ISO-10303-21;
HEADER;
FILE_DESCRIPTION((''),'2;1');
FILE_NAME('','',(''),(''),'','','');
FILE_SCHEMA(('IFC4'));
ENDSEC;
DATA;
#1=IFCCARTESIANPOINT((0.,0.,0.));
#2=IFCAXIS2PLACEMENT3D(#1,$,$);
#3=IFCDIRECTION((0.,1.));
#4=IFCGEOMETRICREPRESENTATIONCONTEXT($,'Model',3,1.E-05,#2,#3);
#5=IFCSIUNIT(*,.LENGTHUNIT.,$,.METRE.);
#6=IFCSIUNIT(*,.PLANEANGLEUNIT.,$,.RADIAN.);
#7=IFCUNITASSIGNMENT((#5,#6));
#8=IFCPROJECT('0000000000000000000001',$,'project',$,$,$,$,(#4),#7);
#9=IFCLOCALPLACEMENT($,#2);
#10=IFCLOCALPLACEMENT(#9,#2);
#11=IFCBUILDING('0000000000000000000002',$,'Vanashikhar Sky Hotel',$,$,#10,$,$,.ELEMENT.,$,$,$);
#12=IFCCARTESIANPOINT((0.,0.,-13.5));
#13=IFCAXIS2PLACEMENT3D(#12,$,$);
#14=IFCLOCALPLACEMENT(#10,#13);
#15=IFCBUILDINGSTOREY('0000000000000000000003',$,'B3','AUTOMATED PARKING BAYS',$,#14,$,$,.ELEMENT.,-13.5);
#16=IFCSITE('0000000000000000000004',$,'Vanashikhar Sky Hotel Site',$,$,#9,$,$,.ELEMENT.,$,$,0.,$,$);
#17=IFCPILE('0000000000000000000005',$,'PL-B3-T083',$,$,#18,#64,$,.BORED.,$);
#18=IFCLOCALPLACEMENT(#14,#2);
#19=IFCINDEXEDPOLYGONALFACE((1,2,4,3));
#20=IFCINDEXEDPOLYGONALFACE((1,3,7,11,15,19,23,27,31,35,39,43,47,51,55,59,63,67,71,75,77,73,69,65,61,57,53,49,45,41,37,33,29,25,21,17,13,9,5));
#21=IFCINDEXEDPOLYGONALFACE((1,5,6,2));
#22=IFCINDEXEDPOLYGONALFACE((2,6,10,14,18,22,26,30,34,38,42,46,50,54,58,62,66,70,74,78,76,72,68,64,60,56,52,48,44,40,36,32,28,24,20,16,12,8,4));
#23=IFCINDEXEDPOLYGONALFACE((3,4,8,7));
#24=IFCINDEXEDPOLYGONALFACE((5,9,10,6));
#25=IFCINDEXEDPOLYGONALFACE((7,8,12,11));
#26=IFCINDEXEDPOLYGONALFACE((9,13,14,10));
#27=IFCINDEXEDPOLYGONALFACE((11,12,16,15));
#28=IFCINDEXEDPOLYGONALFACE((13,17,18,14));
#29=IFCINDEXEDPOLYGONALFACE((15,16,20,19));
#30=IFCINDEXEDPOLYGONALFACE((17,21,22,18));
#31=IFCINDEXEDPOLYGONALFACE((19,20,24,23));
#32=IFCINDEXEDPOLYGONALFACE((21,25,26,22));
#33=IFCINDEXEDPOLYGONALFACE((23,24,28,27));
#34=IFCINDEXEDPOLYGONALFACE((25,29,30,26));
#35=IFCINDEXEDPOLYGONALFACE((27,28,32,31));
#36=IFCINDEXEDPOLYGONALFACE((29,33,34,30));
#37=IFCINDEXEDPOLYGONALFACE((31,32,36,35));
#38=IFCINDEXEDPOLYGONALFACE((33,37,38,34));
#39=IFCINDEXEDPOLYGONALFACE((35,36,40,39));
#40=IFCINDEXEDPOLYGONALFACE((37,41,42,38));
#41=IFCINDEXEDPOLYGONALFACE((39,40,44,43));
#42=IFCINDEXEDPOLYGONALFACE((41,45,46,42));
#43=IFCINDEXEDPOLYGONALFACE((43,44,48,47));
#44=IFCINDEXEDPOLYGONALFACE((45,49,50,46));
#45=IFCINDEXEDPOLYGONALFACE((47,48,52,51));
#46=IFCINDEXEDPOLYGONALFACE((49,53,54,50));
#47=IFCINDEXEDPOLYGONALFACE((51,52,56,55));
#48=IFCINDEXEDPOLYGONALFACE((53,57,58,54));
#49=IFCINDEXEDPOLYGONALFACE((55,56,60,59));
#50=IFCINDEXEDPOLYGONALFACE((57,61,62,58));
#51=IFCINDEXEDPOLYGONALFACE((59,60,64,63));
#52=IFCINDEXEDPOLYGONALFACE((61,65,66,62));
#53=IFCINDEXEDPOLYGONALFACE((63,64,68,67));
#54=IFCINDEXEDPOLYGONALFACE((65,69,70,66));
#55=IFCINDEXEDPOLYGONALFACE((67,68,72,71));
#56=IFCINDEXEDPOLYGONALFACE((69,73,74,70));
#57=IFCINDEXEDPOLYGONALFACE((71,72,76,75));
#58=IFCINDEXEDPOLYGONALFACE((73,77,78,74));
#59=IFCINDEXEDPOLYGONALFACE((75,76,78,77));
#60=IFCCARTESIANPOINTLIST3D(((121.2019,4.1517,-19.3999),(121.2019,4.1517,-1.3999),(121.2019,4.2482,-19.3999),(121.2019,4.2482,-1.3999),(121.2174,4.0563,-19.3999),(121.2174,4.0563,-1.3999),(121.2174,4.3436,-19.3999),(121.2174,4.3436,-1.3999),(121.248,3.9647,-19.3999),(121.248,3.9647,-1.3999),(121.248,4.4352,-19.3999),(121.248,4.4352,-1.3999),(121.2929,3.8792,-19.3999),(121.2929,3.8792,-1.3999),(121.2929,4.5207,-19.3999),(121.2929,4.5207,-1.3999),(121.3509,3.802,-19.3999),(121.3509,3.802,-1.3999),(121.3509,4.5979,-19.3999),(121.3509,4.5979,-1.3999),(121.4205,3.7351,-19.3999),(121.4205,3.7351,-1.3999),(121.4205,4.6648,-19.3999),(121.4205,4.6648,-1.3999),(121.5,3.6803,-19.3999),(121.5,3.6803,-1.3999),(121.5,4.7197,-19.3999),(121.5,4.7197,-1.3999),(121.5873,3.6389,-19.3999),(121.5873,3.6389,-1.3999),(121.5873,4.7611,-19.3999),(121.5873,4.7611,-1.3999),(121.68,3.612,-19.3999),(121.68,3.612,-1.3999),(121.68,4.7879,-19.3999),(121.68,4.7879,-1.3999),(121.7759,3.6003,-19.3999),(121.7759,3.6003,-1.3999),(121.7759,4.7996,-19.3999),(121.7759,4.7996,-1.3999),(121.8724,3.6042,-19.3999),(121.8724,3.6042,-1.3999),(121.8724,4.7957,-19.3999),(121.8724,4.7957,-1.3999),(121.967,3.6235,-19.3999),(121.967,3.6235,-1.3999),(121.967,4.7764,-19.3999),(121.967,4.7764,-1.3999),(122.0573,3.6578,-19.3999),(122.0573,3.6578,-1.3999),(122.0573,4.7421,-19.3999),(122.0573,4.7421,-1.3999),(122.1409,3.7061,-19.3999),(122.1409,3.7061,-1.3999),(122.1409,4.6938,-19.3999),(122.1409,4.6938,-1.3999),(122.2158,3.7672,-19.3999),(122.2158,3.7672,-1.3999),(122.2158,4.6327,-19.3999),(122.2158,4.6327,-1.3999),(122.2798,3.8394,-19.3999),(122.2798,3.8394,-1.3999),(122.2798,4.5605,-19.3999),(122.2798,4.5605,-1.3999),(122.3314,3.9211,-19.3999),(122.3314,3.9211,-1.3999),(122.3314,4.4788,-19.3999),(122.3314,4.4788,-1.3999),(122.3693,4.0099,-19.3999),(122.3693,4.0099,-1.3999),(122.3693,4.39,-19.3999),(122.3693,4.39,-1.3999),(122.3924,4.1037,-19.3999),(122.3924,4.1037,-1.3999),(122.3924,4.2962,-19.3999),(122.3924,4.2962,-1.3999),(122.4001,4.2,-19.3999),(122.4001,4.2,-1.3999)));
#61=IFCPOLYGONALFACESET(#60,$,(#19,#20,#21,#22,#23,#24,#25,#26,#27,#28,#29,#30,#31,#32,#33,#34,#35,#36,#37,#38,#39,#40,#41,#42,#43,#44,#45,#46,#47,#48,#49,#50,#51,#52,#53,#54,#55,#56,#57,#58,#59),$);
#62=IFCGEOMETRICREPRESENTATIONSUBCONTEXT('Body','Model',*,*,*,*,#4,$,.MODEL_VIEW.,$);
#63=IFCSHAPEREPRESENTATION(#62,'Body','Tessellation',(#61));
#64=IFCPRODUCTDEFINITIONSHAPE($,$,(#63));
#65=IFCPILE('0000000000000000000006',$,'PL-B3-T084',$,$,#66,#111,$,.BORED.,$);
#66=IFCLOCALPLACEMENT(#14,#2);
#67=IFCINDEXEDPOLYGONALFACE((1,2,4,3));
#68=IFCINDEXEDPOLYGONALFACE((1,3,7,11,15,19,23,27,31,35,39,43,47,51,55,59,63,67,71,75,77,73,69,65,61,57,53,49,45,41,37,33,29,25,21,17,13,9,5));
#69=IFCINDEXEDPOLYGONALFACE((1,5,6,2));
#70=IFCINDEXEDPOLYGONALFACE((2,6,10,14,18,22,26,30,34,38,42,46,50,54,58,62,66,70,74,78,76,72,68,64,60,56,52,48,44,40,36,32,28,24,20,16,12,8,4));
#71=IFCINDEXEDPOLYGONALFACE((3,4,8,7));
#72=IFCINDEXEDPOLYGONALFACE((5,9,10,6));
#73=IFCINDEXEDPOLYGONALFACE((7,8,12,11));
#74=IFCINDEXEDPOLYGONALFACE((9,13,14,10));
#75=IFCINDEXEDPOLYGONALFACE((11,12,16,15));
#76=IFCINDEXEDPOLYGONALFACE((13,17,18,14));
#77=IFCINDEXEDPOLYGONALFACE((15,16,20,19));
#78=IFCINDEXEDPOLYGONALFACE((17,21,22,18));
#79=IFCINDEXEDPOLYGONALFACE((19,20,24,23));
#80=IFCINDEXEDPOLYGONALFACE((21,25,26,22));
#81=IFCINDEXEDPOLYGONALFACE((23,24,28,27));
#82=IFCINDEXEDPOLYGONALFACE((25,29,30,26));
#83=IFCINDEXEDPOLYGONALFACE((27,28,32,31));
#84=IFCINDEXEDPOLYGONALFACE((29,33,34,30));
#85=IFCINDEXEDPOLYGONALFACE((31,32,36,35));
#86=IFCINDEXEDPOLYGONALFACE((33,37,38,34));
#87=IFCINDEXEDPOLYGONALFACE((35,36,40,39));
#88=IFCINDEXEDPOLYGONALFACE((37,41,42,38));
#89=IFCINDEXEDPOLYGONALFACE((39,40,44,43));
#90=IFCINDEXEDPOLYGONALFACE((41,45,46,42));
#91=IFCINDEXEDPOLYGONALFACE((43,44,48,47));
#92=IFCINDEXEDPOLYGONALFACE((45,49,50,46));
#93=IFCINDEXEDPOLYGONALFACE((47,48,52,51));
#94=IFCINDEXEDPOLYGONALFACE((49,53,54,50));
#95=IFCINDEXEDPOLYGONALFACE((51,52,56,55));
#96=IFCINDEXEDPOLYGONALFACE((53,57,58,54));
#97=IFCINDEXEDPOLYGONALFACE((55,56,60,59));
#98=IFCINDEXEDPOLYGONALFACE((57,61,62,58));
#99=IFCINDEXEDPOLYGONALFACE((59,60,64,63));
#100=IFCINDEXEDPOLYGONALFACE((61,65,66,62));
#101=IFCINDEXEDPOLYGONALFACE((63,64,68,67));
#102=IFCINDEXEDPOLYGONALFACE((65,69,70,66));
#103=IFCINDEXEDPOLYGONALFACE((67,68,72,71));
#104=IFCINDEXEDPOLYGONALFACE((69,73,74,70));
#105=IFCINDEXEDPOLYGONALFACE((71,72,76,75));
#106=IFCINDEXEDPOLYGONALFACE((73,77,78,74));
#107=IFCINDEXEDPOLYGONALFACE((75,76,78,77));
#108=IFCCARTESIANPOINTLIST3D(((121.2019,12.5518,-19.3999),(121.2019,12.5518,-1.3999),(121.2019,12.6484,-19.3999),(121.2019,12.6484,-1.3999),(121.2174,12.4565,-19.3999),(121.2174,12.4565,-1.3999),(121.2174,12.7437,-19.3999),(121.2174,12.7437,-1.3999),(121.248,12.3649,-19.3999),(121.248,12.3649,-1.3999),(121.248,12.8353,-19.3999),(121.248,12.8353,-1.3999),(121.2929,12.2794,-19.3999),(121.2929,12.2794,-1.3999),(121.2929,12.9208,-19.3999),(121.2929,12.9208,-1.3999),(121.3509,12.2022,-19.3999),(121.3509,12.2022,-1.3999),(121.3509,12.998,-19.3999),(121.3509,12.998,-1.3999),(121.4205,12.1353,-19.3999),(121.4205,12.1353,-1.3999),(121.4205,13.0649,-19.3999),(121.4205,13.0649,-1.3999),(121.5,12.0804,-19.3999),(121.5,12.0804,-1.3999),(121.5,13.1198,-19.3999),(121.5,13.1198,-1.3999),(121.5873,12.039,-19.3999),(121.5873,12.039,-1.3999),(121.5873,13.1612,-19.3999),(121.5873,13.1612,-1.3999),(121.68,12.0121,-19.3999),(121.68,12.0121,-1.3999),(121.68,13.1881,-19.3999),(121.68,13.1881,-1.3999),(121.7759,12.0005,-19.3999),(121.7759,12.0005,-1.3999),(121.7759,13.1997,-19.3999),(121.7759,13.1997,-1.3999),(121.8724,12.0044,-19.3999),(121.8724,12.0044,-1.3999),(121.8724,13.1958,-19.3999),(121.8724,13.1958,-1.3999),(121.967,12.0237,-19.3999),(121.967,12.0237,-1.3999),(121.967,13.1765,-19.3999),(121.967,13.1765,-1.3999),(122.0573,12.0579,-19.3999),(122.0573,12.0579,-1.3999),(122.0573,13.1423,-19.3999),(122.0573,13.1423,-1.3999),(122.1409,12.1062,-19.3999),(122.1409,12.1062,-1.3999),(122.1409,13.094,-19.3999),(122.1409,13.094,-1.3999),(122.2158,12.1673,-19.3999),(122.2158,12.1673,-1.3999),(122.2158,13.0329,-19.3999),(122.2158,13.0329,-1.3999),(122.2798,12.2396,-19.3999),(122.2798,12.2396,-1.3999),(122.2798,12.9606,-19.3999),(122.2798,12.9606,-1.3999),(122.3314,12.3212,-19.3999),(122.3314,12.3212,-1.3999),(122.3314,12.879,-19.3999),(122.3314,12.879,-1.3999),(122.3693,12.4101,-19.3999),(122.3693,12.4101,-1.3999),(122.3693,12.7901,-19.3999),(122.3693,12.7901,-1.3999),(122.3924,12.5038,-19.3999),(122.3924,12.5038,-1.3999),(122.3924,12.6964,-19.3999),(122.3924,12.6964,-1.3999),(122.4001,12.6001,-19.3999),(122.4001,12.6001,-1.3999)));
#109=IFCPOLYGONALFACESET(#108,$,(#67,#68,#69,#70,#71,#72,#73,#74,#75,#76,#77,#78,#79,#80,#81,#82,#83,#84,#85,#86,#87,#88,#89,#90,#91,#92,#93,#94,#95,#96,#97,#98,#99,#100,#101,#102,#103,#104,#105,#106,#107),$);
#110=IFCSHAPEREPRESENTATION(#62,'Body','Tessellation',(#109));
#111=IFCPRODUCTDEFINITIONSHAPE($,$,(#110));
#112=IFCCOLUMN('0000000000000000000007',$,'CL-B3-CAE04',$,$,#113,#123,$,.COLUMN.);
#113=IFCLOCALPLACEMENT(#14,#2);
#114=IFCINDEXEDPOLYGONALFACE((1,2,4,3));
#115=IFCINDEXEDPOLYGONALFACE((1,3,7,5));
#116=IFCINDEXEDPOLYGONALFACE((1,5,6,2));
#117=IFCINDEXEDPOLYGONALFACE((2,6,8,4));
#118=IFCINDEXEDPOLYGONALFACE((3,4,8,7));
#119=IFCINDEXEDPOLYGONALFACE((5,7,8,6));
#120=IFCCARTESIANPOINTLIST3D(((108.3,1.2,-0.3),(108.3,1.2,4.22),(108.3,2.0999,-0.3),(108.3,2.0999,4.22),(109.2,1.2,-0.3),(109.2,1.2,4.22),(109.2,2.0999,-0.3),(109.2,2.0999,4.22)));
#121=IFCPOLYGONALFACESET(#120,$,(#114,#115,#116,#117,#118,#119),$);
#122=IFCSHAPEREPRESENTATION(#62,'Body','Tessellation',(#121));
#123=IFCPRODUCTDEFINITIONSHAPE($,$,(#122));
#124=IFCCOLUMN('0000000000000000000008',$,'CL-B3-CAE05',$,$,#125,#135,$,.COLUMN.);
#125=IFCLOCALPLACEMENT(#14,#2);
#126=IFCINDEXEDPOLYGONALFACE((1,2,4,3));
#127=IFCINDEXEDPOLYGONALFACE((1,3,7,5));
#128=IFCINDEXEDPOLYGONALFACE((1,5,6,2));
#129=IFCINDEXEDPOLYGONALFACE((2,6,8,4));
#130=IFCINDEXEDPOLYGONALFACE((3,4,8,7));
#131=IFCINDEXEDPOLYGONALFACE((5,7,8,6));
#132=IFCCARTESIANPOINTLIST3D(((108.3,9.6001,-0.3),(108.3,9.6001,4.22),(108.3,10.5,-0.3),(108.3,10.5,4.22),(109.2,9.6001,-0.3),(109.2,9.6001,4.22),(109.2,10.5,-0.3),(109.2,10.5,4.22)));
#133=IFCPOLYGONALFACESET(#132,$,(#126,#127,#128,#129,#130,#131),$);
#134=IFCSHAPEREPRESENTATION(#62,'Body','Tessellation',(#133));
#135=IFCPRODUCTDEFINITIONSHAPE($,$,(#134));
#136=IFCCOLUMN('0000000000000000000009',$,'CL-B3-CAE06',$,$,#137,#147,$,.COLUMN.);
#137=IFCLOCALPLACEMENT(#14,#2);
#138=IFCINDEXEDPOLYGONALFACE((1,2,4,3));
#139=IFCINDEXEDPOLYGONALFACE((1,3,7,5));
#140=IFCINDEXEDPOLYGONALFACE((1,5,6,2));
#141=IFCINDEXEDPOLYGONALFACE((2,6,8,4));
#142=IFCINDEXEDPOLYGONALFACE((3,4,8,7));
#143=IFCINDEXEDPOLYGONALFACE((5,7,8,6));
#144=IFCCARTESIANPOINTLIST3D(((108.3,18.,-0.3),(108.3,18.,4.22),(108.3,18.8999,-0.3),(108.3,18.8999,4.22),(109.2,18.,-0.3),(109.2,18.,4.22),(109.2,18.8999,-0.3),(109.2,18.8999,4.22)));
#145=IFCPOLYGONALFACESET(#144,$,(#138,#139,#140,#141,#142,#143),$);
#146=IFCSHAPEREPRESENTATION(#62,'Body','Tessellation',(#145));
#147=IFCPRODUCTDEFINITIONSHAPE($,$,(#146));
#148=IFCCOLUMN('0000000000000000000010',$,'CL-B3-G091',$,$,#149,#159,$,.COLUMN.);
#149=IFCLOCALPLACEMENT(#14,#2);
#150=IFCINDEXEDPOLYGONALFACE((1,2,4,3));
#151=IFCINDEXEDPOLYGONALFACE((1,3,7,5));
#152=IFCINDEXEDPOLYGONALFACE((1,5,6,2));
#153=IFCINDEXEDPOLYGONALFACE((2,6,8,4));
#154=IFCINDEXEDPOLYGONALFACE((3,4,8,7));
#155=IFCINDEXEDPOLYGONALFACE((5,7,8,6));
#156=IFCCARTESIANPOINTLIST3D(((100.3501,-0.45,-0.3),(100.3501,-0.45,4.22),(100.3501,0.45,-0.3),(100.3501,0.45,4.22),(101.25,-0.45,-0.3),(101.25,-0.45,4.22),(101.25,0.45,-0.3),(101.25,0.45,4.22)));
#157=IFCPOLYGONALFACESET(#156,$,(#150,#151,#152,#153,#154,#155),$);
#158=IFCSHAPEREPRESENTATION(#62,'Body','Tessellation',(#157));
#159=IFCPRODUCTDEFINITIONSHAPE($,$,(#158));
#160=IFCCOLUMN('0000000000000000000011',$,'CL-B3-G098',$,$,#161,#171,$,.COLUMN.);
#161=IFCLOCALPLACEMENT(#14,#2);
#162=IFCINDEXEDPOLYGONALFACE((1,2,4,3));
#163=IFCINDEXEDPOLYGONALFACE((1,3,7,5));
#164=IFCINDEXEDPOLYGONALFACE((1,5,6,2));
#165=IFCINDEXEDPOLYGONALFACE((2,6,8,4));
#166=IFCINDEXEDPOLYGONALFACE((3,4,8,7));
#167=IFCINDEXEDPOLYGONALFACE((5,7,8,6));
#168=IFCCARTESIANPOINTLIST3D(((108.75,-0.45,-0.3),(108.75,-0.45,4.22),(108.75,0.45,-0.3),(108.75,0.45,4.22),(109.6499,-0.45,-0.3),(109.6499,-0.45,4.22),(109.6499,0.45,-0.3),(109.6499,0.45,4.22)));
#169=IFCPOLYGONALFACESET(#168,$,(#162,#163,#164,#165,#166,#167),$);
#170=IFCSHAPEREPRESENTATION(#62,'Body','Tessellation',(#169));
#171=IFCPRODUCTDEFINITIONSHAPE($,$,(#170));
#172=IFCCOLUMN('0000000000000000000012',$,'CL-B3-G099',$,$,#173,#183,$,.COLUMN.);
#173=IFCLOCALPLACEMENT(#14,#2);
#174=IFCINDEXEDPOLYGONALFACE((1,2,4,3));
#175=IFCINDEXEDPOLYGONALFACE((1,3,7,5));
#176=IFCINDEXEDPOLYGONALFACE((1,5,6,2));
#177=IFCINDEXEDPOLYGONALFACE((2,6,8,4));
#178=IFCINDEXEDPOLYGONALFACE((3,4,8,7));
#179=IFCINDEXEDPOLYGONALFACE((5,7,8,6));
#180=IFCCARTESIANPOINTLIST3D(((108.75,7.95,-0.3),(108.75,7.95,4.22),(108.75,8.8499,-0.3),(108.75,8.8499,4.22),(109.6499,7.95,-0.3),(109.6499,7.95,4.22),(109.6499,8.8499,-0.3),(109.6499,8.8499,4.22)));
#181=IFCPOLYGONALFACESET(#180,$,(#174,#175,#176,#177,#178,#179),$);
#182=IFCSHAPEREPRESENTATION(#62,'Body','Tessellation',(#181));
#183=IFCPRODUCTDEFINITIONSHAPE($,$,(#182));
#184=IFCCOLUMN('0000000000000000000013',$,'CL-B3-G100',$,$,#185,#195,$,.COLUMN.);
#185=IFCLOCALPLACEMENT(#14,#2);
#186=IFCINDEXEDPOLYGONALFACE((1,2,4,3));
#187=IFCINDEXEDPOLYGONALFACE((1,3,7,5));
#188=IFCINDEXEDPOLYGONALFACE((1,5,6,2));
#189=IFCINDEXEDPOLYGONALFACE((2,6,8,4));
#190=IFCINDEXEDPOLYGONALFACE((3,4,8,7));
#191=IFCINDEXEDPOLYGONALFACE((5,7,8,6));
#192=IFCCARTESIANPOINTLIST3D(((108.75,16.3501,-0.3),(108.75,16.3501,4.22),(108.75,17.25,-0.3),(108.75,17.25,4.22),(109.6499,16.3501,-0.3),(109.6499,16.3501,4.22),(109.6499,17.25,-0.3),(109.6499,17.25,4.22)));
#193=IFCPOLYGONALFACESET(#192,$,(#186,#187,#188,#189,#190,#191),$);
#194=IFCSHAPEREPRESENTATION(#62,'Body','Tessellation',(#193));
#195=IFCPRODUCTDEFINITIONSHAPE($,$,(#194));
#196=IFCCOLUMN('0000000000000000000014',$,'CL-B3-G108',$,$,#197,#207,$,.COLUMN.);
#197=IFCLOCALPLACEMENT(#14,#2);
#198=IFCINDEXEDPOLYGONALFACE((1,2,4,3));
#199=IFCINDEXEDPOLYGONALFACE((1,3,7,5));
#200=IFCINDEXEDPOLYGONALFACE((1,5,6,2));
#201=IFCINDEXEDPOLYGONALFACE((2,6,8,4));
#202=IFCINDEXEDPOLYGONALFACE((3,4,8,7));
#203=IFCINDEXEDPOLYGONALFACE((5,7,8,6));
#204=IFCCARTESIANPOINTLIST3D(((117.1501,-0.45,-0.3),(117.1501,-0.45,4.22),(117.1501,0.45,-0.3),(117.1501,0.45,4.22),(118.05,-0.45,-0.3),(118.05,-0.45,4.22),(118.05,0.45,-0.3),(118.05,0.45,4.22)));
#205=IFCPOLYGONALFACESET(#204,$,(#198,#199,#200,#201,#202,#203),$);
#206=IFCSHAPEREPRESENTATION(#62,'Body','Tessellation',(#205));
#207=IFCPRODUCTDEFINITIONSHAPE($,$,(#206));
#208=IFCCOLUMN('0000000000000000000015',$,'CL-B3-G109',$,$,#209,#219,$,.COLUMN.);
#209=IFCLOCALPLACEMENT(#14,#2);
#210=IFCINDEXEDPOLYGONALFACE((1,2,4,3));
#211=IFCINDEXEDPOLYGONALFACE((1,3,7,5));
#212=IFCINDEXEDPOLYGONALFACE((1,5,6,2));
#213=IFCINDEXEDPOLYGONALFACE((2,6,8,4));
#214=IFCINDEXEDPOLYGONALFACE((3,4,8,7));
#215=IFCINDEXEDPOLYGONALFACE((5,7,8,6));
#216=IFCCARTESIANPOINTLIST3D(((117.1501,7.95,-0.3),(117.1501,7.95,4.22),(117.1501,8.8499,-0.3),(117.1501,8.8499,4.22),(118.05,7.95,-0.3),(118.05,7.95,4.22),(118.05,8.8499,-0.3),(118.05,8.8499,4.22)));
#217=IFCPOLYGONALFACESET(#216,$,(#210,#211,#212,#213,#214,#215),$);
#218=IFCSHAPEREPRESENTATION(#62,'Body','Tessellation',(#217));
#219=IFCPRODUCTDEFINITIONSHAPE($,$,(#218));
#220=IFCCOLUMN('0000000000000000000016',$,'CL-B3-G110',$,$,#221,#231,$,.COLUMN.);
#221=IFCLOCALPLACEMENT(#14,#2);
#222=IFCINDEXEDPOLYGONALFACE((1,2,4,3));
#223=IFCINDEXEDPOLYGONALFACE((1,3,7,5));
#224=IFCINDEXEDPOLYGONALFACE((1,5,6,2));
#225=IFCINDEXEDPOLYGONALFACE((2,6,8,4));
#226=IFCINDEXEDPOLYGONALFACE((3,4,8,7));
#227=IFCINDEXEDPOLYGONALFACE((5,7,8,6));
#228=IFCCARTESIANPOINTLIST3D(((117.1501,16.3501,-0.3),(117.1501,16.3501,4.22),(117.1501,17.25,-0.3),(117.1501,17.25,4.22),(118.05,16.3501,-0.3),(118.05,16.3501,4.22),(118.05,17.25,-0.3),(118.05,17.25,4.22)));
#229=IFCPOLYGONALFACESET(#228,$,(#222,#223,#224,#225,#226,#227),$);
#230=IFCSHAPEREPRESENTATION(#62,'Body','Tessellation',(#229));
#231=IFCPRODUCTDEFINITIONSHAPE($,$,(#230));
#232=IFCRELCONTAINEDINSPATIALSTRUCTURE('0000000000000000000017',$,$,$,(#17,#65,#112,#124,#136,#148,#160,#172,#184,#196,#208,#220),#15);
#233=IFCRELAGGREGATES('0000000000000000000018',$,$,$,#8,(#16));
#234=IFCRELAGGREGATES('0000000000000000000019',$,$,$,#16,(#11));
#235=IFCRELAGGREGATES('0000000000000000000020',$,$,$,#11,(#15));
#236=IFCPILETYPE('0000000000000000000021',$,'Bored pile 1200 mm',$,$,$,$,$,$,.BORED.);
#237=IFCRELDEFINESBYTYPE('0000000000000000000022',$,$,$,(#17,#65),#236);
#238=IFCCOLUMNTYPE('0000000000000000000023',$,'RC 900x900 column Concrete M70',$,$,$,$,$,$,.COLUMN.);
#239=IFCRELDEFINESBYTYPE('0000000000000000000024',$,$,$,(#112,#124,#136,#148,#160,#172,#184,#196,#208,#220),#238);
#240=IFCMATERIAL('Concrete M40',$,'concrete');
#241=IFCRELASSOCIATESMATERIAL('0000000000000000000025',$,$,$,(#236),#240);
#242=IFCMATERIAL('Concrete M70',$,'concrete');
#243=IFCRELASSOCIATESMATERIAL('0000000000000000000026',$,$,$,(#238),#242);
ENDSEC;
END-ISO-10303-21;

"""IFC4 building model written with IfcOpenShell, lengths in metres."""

from ifc_helpers import new_model, si_unit, direction, frame, origin, origin_2d, place, context, subcontext, project, spatial, rectangle, circle, extrude, source, transform, mapped, material, material_profile, profile_set, type_object, element, save


model = new_model("IFC4")

# Units and contexts
model_context = context("Model", 3, precision=1e-05, world=origin(), true_north=direction((0.0, 1.0)))
body_context = subcontext(model_context, "Body", "Model", "MODEL_VIEW")
ifc_project = project(units=[si_unit("LENGTHUNIT", "METRE"), si_unit("PLANEANGLEUNIT", "RADIAN")], contexts=[model_context])

# Site, building, storey
site_placement = place(None, origin())
site = spatial("IfcSite", under=ifc_project, at=site_placement, Name="Vanashikhar Sky Hotel Site", CompositionType="ELEMENT", RefElevation=0.0)
building_placement = place(site_placement, origin())
building = spatial("IfcBuilding", under=site, at=building_placement, Name="Vanashikhar Sky Hotel", CompositionType="ELEMENT")
storey_placement = place(building_placement, frame((0.0, 0.0, -13.5)))
storey = spatial("IfcBuildingStorey", under=building, at=storey_placement, Name="B3", Description="AUTOMATED PARKING BAYS", CompositionType="ELEMENT", Elevation=-13.5)

# Piles
ifc_material_1 = material(Name="Concrete M40", Category="concrete")
pile_type_1 = type_object("IfcPileType", Name="Bored pile 1200 mm", PredefinedType="BORED", material=ifc_material_1)
shared_shape_1 = source(origin(), body_context, "Body", "SweptSolid", [
    extrude(circle(Radius=0.6001, at=origin_2d()), origin(), (0.0, 0.0, 1.0), 18.0),
])
for number, where, z_axis, x_axis, name in (
    (1, (121.8, 4.2, -1.3999), (0.0, 0.0, -1.0), (1.0, 0.0, 0.0), "PL-B3-T083"),
    (2, (121.8, 12.6001, -1.3999), (0.0, 0.0, -1.0), (1.0, 0.0, 0.0), "PL-B3-T084"),
):
    element("IfcPile", number, at=place(storey_placement, frame(where, z_axis=z_axis, x_axis=x_axis)), inside=storey, type_object=pile_type_1, Name=name, PredefinedType="BORED", context=body_context, shape_type="MappedRepresentation", body=[
        mapped(shared_shape_1, transform((0.0, 0.0, 0.0), scale=1.0)),
    ])

# Columns
ifc_material_2 = material(Name="Concrete M70", Category="concrete")
ifc_material_profile = material_profile(ifc_material_2, rectangle(XDim=0.8999, YDim=0.8999, at=origin_2d()))
ifc_profile_set = profile_set([ifc_material_profile], Name="RC 900x900 column Concrete M70")
column_type = type_object("IfcColumnType", Name="RC 900x900 column Concrete M70", PredefinedType="COLUMN", material=ifc_profile_set)
shared_shape_2 = source(origin(), body_context, "Body", "SweptSolid", [
    extrude(rectangle(XDim=0.8999, YDim=0.8999, at=origin_2d()), origin(), (0.0, 0.0, 1.0), 4.52),
])
for number, where, z_axis, x_axis, name in (
    (3, (108.75, 1.6499, -0.3), (0.0, 0.0, 1.0), (1.0, 0.0, 0.0), "CL-B3-CAE04"),
    (4, (108.75, 10.05, -0.3), (0.0, 0.0, 1.0), (1.0, 0.0, 0.0), "CL-B3-CAE05"),
    (5, (108.75, 18.45, -0.3), (0.0, 0.0, 1.0), (1.0, 0.0, 0.0), "CL-B3-CAE06"),
    (6, (100.8, 0.0, -0.3), (0.0, 0.0, 1.0), (1.0, 0.0, 0.0), "CL-B3-G091"),
    (7, (109.2, 0.0, -0.3), (0.0, 0.0, 1.0), (1.0, 0.0, 0.0), "CL-B3-G098"),
    (8, (109.2, 8.3999, -0.3), (0.0, 0.0, 1.0), (1.0, 0.0, 0.0), "CL-B3-G099"),
    (9, (109.2, 16.8, -0.3), (0.0, 0.0, 1.0), (1.0, 0.0, 0.0), "CL-B3-G100"),
    (10, (117.6001, 0.0, -0.3), (0.0, 0.0, 1.0), (1.0, 0.0, 0.0), "CL-B3-G108"),
    (11, (117.6001, 8.3999, -0.3), (0.0, 0.0, 1.0), (1.0, 0.0, 0.0), "CL-B3-G109"),
    (12, (117.6001, 16.8, -0.3), (0.0, 0.0, 1.0), (1.0, 0.0, 0.0), "CL-B3-G110"),
):
    element("IfcColumn", number, at=place(storey_placement, frame(where, z_axis=z_axis, x_axis=x_axis)), inside=storey, type_object=column_type, Name=name, PredefinedType="COLUMN", context=body_context, shape_type="MappedRepresentation", body=[
        mapped(shared_shape_2, transform((0.0, 0.0, 0.0), scale=1.0)),
    ])

save(model, "model.ifc")
